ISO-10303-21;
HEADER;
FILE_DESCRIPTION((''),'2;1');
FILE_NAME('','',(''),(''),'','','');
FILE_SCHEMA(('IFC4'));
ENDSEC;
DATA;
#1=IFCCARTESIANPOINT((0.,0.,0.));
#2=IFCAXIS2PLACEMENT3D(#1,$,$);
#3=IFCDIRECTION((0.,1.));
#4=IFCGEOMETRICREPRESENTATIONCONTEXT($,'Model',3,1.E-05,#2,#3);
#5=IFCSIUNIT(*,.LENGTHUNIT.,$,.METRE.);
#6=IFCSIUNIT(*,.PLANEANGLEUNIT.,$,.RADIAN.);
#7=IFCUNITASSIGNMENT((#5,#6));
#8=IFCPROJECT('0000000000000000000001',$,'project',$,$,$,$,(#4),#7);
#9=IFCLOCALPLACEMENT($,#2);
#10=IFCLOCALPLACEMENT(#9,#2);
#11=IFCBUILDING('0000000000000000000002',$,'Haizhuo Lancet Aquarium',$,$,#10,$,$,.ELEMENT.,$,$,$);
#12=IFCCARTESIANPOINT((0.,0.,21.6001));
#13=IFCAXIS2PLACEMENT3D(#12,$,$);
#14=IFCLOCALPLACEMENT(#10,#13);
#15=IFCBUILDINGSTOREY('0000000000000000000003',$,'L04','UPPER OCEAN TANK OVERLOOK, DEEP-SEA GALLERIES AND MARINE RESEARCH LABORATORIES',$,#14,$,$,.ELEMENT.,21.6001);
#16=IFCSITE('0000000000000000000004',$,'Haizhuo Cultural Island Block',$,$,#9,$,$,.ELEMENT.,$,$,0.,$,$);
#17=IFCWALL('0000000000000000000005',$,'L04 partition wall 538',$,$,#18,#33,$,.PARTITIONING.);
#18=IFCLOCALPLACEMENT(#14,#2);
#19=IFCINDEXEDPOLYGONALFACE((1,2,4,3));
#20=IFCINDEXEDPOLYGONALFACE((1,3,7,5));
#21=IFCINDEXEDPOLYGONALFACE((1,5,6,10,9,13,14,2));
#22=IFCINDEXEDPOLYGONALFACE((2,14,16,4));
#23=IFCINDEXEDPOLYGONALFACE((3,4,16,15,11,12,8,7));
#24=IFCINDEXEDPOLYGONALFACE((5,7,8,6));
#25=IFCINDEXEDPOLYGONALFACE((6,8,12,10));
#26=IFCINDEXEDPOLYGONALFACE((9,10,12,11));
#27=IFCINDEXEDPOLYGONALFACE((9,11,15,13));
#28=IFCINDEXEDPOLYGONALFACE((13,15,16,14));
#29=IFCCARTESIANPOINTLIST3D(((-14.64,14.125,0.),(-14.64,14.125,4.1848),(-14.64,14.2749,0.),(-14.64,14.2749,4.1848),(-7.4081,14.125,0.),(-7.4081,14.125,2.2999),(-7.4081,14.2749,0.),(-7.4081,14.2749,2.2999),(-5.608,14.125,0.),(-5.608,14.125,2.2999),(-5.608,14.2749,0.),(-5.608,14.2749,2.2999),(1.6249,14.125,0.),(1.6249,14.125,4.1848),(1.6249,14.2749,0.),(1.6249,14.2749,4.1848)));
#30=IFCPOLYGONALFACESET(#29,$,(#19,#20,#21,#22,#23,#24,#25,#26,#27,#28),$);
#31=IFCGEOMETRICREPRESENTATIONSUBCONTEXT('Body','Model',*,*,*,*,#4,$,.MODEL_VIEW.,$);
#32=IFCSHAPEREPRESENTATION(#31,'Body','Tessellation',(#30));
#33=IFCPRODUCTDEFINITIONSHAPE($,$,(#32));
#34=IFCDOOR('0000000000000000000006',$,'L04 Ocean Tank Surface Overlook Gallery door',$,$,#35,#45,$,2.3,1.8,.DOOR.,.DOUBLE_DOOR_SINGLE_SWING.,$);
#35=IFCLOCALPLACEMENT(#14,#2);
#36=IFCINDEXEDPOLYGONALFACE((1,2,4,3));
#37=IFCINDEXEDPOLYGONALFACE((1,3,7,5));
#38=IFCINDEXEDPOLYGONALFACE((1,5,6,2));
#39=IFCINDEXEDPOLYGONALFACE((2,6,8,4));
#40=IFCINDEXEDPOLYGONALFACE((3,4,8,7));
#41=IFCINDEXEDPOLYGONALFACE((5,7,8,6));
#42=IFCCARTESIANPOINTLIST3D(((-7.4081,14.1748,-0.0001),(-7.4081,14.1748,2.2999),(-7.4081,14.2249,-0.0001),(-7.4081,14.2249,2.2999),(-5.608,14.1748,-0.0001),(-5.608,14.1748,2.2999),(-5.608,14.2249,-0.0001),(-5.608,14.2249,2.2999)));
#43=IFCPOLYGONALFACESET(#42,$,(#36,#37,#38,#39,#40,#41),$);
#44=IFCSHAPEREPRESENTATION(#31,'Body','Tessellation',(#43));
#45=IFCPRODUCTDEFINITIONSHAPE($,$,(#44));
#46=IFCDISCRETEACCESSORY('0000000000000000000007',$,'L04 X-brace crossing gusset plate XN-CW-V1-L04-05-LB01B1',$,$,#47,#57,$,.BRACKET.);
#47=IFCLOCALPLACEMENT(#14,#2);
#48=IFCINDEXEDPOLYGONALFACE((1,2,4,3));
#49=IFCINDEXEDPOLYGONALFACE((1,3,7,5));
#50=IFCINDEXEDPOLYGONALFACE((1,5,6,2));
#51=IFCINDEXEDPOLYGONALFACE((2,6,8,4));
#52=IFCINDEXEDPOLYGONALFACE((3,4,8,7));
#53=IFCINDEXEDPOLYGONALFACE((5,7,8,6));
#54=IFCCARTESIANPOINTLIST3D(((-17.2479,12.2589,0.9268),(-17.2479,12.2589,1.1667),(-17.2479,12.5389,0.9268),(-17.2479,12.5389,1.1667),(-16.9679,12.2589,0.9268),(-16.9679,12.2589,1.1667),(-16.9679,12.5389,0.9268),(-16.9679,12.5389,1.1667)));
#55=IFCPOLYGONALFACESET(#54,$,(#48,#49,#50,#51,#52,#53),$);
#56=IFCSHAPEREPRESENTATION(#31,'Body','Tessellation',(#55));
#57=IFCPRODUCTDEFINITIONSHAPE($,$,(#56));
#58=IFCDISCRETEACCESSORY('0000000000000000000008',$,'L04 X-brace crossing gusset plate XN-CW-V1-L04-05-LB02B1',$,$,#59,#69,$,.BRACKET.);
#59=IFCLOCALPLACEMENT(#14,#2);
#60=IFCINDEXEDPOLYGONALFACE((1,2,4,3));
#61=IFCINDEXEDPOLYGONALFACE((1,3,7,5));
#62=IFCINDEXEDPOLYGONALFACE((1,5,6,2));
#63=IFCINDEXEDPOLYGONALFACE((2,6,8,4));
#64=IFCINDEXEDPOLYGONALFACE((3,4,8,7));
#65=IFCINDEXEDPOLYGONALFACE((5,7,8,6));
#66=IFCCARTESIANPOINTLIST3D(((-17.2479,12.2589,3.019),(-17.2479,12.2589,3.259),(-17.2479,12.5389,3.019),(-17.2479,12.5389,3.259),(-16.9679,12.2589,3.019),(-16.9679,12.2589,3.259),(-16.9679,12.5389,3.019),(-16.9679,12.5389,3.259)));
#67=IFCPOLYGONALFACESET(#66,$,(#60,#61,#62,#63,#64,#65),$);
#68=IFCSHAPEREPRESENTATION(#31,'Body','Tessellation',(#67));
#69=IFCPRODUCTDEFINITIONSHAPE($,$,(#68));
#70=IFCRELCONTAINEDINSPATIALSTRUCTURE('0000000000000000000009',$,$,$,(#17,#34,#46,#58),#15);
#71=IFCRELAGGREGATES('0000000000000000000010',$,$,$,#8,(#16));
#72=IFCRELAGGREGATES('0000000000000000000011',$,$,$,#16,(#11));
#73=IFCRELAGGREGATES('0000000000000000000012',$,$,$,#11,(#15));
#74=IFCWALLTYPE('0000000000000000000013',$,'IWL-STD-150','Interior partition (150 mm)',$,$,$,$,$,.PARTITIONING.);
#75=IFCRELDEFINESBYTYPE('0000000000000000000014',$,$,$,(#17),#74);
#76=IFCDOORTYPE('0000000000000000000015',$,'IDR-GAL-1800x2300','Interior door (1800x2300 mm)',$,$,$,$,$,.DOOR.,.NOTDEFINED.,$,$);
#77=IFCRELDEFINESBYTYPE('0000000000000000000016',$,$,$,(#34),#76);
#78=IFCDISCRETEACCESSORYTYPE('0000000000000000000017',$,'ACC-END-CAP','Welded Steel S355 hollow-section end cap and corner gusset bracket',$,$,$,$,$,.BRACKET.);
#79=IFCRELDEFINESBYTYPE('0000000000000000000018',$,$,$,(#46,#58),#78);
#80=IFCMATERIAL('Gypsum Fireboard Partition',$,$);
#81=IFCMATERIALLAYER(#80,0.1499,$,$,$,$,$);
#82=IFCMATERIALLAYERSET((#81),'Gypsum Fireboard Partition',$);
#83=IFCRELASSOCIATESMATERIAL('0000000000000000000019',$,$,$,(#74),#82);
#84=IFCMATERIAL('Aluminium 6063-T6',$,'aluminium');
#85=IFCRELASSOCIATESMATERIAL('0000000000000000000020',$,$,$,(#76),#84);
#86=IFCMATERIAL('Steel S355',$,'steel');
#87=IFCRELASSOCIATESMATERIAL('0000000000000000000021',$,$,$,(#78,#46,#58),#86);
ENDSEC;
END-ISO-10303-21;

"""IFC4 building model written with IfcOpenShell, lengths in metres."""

from ifc_helpers import new_model, si_unit, direction, frame, frame_2d, origin, origin_2d, place, context, subcontext, project, spatial, rectangle, extrude, material, layer, layer_set, type_object, element, fill, save


model = new_model("IFC4")

# Units and contexts
model_context = context("Model", 3, precision=1e-05, world=origin(), true_north=direction((0.0, 1.0)))
body_context = subcontext(model_context, "Body", "Model", "MODEL_VIEW")
ifc_project = project(units=[si_unit("LENGTHUNIT", "METRE"), si_unit("PLANEANGLEUNIT", "RADIAN")], contexts=[model_context])

# Site, building, storey
site_placement = place(None, origin())
site = spatial("IfcSite", under=ifc_project, at=site_placement, Name="Haizhuo Cultural Island Block", CompositionType="ELEMENT", RefElevation=0.0)
building_placement = place(site_placement, origin())
building = spatial("IfcBuilding", under=site, at=building_placement, Name="Haizhuo Lancet Aquarium", CompositionType="ELEMENT")
storey_placement = place(building_placement, frame((0.0, 0.0, 21.6001)))
storey = spatial("IfcBuildingStorey", under=building, at=storey_placement, Name="L04", Description="UPPER OCEAN TANK OVERLOOK, DEEP-SEA GALLERIES AND MARINE RESEARCH LABORATORIES", CompositionType="ELEMENT", Elevation=21.6001)

# Shared definitions
ifc_material_1 = material(Name="Aluminium 6063-T6", Category="aluminium")

# Shared definitions
ifc_material_2 = material(Name="Steel S355", Category="steel")

# Shared definitions
ifc_material_3 = material(Name="Gypsum Fireboard Partition")
ifc_layer_1 = layer(ifc_material_3, 0.1499)
ifc_layer_set_1 = layer_set([ifc_layer_1], Name="Gypsum Fireboard Partition")
wall_type = type_object("IfcWallType", Name="IWL-STD-150", Description="Interior partition (150 mm)", PredefinedType="PARTITIONING", material=ifc_layer_set_1)

# Wall, opening, door
wall_1_placement = place(storey_placement, frame((-14.6399, 14.2, 0.0), z_axis=(0.0, 0.0, 1.0), x_axis=(1.0, 0.0, 0.0)))
wall_1 = element("IfcWall", 1, at=wall_1_placement, inside=storey, type_object=wall_type, Name="L04 partition wall 538", PredefinedType="PARTITIONING", context=body_context, shape_type="SweptSolid", body=[
    extrude(rectangle(XDim=16.2649, YDim=0.1499, at=frame_2d((8.1323, 0.0))), origin(), (0.0, 0.0, 1.0), 4.1848),
])
opening_placement = place(wall_1_placement, frame((7.2319, 0.0, 0.0)))
opening = element("IfcOpeningElement", 2, at=opening_placement, cuts=wall_1, PredefinedType="OPENING", context=body_context, shape_type="SweptSolid", body=[
    extrude(rectangle(XDim=1.8, YDim=2.3, at=frame_2d((0.8999, 1.1499))), frame((0.0, 0.085, 0.0), z_axis=(0.0, -1.0, 0.0), x_axis=(1.0, 0.0, 0.0)), (0.0, 0.0, 1.0), 0.1699),
])
door_type = type_object("IfcDoorType", Name="IDR-GAL-1800x2300", Description="Interior door (1800x2300 mm)", OperationType="NOTDEFINED", PredefinedType="DOOR", material=ifc_material_1)
door_placement = place(opening_placement, origin())
door = element("IfcDoor", 3, at=door_placement, inside=storey, type_object=door_type, Name="L04 Ocean Tank Surface Overlook Gallery door", OperationType="DOUBLE_DOOR_SINGLE_SWING", OverallHeight=2.3, OverallWidth=1.8, PredefinedType="DOOR", context=body_context, shape_type="SweptSolid", body=[
    extrude(rectangle(XDim=1.8, YDim=2.3, at=frame_2d((0.8999, 1.1499))), frame((0.0, 0.0249, 0.0), z_axis=(0.0, -1.0, 0.0), x_axis=(1.0, 0.0, 0.0)), (0.0, 0.0, 1.0), 0.05),
])
fill(opening, door)

# Discrete accessories
discrete_accessory_type = type_object("IfcDiscreteAccessoryType", Name="ACC-END-CAP", Description="Welded Steel S355 hollow-section end cap and corner gusset bracket", PredefinedType="BRACKET", material=ifc_material_2)
for number, where, z_axis, x_axis, name in (
    (4, (-17.1079, 12.3989, 0.9268), (0.0, 0.0, 1.0), (1.0, 0.0, 0.0), "L04 X-brace crossing gusset plate XN-CW-V1-L04-05-LB01B1"),
    (5, (-17.1079, 12.3989, 3.019), (0.0, 0.0, 1.0), (1.0, 0.0, 0.0), "L04 X-brace crossing gusset plate XN-CW-V1-L04-05-LB02B1"),
):
    element("IfcDiscreteAccessory", number, at=place(storey_placement, frame(where, z_axis=z_axis, x_axis=x_axis)), inside=storey, type_object=discrete_accessory_type, material=ifc_material_2, Name=name, PredefinedType="BRACKET", context=body_context, shape_type="SweptSolid", body=[
        extrude(rectangle(XDim=0.28, YDim=0.28, at=origin_2d()), origin(), (0.0, 0.0, 1.0), 0.24),
    ])

save(model, "model.ifc")
